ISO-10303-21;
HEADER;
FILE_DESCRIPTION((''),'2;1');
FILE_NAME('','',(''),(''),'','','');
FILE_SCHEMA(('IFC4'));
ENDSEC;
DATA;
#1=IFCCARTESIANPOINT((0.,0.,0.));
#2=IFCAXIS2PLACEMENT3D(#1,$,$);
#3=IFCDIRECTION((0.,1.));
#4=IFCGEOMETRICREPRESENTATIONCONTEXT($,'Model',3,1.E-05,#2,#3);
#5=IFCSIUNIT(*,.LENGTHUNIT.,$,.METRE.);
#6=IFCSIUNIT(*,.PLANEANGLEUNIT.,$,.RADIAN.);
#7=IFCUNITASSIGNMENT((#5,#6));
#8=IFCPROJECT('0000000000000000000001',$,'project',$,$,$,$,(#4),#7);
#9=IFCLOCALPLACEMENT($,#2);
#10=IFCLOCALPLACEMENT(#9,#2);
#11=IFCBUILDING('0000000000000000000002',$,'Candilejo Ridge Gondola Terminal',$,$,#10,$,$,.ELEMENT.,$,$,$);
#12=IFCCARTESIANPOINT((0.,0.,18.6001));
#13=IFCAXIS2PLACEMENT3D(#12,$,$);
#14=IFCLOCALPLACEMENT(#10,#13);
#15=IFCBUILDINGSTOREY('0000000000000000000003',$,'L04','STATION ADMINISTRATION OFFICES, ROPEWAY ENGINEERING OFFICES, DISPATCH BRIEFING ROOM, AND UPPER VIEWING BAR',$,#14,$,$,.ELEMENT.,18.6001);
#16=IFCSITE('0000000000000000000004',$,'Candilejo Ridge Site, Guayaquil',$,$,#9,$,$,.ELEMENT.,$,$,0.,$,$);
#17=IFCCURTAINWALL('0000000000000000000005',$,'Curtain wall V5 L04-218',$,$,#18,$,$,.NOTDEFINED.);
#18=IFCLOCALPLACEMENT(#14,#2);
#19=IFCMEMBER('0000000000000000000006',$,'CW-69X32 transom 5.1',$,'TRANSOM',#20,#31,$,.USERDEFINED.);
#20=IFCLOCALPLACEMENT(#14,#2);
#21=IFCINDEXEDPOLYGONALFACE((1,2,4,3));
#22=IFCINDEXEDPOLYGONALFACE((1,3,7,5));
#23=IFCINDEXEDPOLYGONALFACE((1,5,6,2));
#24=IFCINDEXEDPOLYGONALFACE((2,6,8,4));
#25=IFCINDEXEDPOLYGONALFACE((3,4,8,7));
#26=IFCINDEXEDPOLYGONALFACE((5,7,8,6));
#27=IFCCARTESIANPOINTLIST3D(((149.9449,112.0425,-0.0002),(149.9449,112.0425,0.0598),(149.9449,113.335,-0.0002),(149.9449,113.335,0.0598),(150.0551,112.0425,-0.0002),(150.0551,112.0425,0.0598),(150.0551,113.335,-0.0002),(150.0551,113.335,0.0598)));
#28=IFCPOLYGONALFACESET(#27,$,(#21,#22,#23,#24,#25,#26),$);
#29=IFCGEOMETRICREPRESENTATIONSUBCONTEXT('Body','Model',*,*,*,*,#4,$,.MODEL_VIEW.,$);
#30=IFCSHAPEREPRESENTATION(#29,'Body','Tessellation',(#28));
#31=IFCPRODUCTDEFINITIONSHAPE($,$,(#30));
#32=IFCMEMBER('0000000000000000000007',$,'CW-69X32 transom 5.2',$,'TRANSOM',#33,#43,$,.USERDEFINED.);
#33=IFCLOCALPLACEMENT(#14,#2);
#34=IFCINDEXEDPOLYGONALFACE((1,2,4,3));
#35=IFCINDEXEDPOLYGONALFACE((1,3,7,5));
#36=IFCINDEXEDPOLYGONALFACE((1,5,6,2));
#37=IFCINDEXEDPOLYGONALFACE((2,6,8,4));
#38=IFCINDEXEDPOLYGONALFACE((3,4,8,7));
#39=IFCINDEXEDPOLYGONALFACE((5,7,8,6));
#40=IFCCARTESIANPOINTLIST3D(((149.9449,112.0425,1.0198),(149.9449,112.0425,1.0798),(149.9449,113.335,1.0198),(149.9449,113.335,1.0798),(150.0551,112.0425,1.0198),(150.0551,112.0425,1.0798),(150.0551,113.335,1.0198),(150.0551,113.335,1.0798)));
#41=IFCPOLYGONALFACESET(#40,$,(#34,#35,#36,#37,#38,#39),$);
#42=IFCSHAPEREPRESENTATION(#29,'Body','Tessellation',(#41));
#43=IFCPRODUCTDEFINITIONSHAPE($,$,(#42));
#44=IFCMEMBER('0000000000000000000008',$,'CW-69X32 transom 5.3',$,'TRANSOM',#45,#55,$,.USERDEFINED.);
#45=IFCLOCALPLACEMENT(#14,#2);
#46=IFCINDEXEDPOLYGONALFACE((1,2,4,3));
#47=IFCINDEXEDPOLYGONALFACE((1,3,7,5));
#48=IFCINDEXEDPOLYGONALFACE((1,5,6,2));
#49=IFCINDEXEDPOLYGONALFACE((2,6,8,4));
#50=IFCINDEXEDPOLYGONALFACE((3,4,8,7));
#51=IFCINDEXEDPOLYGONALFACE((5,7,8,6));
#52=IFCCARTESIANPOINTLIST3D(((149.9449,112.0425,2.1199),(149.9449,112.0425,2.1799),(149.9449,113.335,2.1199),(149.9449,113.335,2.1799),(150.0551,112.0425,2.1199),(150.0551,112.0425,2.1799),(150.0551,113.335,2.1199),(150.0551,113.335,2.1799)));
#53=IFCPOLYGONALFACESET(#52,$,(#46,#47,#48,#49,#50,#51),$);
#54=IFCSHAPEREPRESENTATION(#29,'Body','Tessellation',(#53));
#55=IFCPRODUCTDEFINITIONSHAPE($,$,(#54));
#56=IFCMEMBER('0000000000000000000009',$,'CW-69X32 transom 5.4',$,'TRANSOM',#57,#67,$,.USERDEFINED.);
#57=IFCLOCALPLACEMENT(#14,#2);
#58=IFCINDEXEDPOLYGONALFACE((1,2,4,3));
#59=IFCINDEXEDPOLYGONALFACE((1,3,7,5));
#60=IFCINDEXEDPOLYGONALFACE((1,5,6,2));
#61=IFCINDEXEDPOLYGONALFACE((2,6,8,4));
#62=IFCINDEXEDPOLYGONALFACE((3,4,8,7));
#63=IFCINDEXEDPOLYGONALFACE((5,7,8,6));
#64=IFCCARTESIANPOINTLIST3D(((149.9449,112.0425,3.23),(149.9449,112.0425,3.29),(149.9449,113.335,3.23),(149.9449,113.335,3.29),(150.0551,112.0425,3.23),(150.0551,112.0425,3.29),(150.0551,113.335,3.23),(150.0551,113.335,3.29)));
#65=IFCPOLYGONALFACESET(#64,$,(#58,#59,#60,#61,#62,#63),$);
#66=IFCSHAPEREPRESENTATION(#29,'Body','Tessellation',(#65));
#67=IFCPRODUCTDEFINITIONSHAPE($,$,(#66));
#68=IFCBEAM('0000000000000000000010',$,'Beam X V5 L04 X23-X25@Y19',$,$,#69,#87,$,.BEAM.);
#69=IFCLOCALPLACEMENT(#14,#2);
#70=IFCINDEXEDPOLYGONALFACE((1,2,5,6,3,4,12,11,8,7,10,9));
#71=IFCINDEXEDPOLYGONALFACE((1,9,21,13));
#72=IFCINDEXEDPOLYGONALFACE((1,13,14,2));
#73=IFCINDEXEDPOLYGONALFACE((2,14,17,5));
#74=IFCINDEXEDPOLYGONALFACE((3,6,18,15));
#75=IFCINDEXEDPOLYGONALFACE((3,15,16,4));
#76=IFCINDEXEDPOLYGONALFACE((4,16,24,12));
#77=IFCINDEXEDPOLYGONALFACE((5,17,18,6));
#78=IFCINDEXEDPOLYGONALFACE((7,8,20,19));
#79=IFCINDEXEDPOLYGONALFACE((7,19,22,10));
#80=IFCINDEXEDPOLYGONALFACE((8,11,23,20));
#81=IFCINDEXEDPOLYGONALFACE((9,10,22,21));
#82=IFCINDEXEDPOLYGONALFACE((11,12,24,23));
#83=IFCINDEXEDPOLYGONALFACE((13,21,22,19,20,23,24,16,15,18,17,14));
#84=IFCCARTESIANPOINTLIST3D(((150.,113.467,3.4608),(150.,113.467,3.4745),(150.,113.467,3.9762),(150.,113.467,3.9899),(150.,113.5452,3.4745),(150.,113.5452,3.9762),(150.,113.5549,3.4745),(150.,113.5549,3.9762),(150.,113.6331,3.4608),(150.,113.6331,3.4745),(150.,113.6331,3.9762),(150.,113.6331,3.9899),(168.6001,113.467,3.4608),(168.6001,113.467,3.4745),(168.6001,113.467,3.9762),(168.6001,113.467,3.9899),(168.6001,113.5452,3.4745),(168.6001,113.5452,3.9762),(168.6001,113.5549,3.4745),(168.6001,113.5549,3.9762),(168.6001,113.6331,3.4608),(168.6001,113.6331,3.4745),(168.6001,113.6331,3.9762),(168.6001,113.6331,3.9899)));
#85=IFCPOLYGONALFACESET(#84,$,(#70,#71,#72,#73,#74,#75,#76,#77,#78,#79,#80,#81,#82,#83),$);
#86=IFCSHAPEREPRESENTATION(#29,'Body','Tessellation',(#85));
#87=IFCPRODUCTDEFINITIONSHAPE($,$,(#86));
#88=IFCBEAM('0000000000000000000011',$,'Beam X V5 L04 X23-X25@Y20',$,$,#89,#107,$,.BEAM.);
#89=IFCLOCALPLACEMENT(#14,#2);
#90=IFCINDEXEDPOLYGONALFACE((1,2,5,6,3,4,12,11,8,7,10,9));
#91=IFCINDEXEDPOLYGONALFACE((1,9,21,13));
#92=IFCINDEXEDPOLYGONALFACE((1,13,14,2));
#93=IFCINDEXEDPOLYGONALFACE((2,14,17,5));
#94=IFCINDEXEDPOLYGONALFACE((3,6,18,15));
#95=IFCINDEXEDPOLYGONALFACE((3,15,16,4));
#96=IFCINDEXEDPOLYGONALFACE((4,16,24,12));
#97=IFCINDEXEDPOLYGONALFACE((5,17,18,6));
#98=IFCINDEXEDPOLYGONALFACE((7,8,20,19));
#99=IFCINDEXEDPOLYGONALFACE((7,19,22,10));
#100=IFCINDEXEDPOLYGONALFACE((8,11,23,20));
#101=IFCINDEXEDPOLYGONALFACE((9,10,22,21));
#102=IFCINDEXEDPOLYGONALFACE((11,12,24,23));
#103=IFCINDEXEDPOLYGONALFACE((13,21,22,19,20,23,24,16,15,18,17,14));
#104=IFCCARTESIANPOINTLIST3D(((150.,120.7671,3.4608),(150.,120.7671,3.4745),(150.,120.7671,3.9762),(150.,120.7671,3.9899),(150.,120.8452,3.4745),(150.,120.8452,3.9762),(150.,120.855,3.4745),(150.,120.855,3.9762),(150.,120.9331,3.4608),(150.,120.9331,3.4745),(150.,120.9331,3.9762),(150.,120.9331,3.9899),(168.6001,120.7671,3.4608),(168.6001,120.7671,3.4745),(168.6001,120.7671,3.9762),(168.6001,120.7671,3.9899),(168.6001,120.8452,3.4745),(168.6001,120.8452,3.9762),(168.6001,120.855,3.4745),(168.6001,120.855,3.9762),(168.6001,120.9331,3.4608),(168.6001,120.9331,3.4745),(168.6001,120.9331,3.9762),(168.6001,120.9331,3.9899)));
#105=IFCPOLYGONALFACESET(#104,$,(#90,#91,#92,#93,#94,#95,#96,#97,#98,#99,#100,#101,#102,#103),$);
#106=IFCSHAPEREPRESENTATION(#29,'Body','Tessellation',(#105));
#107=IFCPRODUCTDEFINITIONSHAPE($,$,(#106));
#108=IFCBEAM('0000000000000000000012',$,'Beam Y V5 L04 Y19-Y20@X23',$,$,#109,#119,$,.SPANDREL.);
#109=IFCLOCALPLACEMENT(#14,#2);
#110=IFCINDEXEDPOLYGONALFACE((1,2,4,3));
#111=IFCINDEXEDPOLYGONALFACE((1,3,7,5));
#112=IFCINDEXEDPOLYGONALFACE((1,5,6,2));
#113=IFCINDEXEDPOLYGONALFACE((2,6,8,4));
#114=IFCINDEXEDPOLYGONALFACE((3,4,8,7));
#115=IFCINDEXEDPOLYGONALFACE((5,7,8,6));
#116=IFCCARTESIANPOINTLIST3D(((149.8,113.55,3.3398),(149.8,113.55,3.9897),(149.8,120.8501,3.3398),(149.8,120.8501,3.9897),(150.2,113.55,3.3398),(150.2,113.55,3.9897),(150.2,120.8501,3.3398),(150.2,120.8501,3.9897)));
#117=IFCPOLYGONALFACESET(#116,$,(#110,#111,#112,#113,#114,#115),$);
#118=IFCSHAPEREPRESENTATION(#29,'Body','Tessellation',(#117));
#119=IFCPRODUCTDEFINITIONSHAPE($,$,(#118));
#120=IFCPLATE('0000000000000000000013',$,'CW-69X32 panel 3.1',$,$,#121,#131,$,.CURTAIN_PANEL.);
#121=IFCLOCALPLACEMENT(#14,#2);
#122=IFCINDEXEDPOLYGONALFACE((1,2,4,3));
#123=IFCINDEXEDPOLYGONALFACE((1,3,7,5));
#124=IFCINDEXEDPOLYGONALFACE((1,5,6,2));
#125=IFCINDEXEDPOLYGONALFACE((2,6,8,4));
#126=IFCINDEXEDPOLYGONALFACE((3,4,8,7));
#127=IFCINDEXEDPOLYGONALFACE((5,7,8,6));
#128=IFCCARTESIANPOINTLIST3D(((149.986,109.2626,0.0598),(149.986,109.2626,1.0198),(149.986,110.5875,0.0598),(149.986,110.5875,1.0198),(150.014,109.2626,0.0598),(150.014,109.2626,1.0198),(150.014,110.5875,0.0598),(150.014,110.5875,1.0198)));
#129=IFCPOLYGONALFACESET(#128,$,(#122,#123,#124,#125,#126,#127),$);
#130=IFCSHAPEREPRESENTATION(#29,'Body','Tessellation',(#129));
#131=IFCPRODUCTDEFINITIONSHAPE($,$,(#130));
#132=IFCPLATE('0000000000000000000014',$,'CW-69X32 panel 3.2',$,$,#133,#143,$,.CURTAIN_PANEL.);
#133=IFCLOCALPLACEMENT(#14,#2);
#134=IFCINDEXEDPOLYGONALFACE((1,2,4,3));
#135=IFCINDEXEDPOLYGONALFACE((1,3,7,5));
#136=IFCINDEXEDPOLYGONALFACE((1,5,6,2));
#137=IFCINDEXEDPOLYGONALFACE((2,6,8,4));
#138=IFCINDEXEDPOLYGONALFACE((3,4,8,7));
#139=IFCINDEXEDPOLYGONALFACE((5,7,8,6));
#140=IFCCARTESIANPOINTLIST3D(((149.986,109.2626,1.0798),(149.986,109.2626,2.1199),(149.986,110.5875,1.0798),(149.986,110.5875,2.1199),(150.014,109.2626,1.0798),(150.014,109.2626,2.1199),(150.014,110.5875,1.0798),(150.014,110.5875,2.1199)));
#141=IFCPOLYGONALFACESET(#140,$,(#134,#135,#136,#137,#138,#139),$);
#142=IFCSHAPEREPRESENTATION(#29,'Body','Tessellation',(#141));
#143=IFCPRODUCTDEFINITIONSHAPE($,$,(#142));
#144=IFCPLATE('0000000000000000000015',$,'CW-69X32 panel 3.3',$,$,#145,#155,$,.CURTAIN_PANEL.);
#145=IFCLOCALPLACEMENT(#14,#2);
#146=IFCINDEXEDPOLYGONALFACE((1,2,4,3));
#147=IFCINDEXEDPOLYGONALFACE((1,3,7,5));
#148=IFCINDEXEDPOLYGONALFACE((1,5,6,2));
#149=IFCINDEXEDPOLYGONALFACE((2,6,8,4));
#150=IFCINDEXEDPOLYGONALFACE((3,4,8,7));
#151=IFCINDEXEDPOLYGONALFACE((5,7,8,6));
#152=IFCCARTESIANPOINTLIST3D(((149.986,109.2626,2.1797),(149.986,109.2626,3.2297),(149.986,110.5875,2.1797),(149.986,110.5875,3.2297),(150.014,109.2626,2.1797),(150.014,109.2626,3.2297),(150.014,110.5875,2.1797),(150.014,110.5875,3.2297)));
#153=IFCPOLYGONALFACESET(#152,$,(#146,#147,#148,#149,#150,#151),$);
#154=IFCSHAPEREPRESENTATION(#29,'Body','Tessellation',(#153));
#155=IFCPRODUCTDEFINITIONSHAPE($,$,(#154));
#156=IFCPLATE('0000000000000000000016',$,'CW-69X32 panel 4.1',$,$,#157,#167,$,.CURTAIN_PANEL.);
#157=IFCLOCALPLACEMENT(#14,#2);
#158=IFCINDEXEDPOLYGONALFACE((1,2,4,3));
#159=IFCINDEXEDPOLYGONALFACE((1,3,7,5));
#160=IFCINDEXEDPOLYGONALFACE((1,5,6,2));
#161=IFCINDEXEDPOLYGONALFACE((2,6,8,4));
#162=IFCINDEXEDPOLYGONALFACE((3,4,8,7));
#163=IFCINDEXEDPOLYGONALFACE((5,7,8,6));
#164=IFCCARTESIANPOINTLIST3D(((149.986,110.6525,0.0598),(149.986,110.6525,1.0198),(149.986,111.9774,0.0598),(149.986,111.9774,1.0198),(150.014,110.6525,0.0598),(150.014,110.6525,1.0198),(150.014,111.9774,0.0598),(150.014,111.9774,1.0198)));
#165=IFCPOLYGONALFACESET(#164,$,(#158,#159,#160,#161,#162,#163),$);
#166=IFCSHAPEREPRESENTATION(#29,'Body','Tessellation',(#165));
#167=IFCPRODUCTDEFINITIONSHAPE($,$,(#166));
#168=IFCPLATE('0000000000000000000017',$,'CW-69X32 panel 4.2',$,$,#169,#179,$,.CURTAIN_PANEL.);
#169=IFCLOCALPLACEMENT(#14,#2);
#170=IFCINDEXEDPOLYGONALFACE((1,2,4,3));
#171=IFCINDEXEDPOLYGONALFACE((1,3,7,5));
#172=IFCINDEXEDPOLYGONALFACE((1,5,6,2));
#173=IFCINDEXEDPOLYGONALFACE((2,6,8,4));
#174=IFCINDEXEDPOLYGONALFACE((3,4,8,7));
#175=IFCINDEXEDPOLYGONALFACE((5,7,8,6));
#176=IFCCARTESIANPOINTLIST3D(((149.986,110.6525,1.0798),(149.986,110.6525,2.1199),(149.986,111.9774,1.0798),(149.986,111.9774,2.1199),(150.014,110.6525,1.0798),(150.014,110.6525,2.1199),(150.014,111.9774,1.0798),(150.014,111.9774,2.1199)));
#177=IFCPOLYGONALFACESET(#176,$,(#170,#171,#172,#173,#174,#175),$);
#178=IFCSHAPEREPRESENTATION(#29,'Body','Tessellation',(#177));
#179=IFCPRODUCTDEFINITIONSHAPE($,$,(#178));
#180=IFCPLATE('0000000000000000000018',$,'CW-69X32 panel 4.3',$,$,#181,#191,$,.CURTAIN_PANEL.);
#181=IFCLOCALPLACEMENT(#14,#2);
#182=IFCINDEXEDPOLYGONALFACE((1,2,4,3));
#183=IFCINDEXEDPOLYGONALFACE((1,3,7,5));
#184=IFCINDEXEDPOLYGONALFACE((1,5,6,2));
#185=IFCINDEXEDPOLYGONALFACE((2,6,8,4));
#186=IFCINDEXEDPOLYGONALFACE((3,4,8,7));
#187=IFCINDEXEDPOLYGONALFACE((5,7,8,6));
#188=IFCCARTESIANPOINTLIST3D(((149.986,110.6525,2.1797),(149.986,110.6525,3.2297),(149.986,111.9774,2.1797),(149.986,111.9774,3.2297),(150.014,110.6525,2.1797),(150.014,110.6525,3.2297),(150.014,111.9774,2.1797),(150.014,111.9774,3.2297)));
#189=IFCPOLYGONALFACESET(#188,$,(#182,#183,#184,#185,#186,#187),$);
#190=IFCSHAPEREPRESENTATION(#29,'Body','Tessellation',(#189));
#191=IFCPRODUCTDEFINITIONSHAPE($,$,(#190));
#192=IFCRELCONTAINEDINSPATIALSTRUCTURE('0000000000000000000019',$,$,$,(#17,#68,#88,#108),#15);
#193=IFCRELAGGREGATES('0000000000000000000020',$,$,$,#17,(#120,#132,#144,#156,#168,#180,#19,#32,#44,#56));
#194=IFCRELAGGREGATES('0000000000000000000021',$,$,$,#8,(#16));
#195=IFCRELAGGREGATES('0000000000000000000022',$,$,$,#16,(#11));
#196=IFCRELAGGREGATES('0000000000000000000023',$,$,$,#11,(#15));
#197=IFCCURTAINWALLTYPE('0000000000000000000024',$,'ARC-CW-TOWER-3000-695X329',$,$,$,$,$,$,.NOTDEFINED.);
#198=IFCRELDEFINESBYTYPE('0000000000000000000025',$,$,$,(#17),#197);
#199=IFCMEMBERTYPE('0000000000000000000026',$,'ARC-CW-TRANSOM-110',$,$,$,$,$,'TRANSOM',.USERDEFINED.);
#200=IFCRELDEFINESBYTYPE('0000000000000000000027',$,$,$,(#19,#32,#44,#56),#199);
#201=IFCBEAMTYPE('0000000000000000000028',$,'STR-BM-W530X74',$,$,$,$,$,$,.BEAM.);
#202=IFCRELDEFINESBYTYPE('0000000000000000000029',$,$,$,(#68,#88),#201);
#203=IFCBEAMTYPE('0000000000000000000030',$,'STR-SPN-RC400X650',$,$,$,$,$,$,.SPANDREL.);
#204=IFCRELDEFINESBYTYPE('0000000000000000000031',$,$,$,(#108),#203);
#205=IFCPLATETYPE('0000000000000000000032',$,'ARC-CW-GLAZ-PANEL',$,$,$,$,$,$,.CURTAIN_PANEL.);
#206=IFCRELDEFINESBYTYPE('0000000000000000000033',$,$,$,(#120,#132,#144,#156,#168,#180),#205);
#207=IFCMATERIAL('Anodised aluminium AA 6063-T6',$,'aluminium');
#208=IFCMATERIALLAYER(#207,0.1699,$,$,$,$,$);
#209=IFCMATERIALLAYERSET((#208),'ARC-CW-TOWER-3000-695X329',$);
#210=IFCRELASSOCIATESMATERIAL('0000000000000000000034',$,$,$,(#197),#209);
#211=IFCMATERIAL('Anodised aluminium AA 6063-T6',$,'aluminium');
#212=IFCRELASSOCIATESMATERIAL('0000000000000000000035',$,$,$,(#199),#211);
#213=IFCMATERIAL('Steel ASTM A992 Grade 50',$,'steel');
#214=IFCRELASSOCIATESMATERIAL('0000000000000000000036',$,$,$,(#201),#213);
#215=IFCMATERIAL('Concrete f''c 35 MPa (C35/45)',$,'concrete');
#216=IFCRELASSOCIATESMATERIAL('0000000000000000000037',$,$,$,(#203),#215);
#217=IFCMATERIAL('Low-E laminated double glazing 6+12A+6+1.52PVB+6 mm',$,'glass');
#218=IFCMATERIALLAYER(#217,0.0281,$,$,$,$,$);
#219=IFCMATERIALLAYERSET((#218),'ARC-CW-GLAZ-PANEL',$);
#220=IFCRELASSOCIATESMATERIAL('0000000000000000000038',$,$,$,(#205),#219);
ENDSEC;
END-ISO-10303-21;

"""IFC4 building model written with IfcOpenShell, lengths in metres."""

from ifc_helpers import new_model, si_unit, direction, frame, origin, origin_2d, place, context, subcontext, project, spatial, rectangle, i_section, extrude, material, layer, layer_set, material_profile, profile_set, type_object, element, aggregate, save


model = new_model("IFC4")

# Units and contexts
model_context = context("Model", 3, precision=1e-05, world=origin(), true_north=direction((0.0, 1.0)))
body_context = subcontext(model_context, "Body", "Model", "MODEL_VIEW")
ifc_project = project(units=[si_unit("LENGTHUNIT", "METRE"), si_unit("PLANEANGLEUNIT", "RADIAN")], contexts=[model_context])

# Site, building, storey
site_placement = place(None, origin())
site = spatial("IfcSite", under=ifc_project, at=site_placement, Name="Candilejo Ridge Site, Guayaquil", CompositionType="ELEMENT", RefElevation=0.0)
building_placement = place(site_placement, origin())
building = spatial("IfcBuilding", under=site, at=building_placement, Name="Candilejo Ridge Gondola Terminal", CompositionType="ELEMENT")
storey_placement = place(building_placement, frame((0.0, 0.0, 18.6001)))
storey = spatial("IfcBuildingStorey", under=building, at=storey_placement, Name="L04", Description="STATION ADMINISTRATION OFFICES, ROPEWAY ENGINEERING OFFICES, DISPATCH BRIEFING ROOM, AND UPPER VIEWING BAR", CompositionType="ELEMENT", Elevation=18.6001)

# Curtain wall
ifc_material_1 = material(Name="Anodised aluminium AA 6063-T6", Category="aluminium")
ifc_layer_1 = layer(ifc_material_1, 0.1699)
ifc_layer_set_1 = layer_set([ifc_layer_1], Name="ARC-CW-TOWER-3000-695X329")
curtain_wall_type_1 = type_object("IfcCurtainWallType", Name="ARC-CW-TOWER-3000-695X329", PredefinedType="NOTDEFINED", material=ifc_layer_set_1)
curtain_wall_1_placement = place(storey_placement, origin())
curtain_wall_1 = element("IfcCurtainWall", 1, at=curtain_wall_1_placement, inside=storey, type_object=curtain_wall_type_1, Name="Curtain wall V5 L04-218", PredefinedType="NOTDEFINED")

# Members
ifc_material_2 = material(Name="Anodised aluminium AA 6063-T6", Category="aluminium")
ifc_material_profile_1 = material_profile(ifc_material_2, rectangle(XDim=0.1101, YDim=0.0601, at=origin_2d()))
ifc_profile_set_1 = profile_set([ifc_material_profile_1], Name="Anodised aluminium AA 6063-T6")
member_type_1 = type_object("IfcMemberType", Name="ARC-CW-TRANSOM-110", ElementType="TRANSOM", PredefinedType="USERDEFINED", material=ifc_profile_set_1)
member_1_placement = place(storey_placement, frame((150.0, 112.0425, 0.0298), z_axis=(0.0, 1.0, 0.0), x_axis=(-1.0, 0.0, 0.0)))
member_1 = element("IfcMember", 2, at=member_1_placement, type_object=member_type_1, Name="CW-69X32 transom 5.1", ObjectType="TRANSOM", PredefinedType="USERDEFINED", context=body_context, shape_type="SweptSolid", body=[
    extrude(rectangle(XDim=0.1101, YDim=0.0601, at=origin_2d()), origin(), (0.0, 0.0, 1.0), 1.2925),
])
member_2_placement = place(storey_placement, frame((150.0, 112.0425, 1.0498), z_axis=(0.0, 1.0, 0.0), x_axis=(-1.0, 0.0, 0.0)))
member_2 = element("IfcMember", 3, at=member_2_placement, type_object=member_type_1, Name="CW-69X32 transom 5.2", ObjectType="TRANSOM", PredefinedType="USERDEFINED", context=body_context, shape_type="SweptSolid", body=[
    extrude(rectangle(XDim=0.1101, YDim=0.0601, at=origin_2d()), origin(), (0.0, 0.0, 1.0), 1.2925),
])
member_3_placement = place(storey_placement, frame((150.0, 112.0425, 2.1499), z_axis=(0.0, 1.0, 0.0), x_axis=(-1.0, 0.0, 0.0)))
member_3 = element("IfcMember", 4, at=member_3_placement, type_object=member_type_1, Name="CW-69X32 transom 5.3", ObjectType="TRANSOM", PredefinedType="USERDEFINED", context=body_context, shape_type="SweptSolid", body=[
    extrude(rectangle(XDim=0.1101, YDim=0.0601, at=origin_2d()), origin(), (0.0, 0.0, 1.0), 1.2925),
])
member_4_placement = place(storey_placement, frame((150.0, 112.0425, 3.26), z_axis=(0.0, 1.0, 0.0), x_axis=(-1.0, 0.0, 0.0)))
member_4 = element("IfcMember", 5, at=member_4_placement, type_object=member_type_1, Name="CW-69X32 transom 5.4", ObjectType="TRANSOM", PredefinedType="USERDEFINED", context=body_context, shape_type="SweptSolid", body=[
    extrude(rectangle(XDim=0.1101, YDim=0.0601, at=origin_2d()), origin(), (0.0, 0.0, 1.0), 1.2925),
])

# Beams
ifc_material_3 = material(Name="Steel ASTM A992 Grade 50", Category="steel")
ifc_material_profile_2 = material_profile(ifc_material_3, i_section(OverallWidth=0.166, OverallDepth=0.5291, WebThickness=0.0098, FlangeThickness=0.0137, at=origin_2d()))
ifc_profile_set_2 = profile_set([ifc_material_profile_2], Name="Steel ASTM A992 Grade 50")
beam_type_1 = type_object("IfcBeamType", Name="STR-BM-W530X74", PredefinedType="BEAM", material=ifc_profile_set_2)
for number, where, z_axis, x_axis, name in (
    (6, (150.0, 113.55, 3.7253), (1.0, 0.0, 0.0), (0.0, 1.0, 0.0), "Beam X V5 L04 X23-X25@Y19"),
    (7, (150.0, 120.8501, 3.7253), (1.0, 0.0, 0.0), (0.0, 1.0, 0.0), "Beam X V5 L04 X23-X25@Y20"),
):
    element("IfcBeam", number, at=place(storey_placement, frame(where, z_axis=z_axis, x_axis=x_axis)), inside=storey, type_object=beam_type_1, Name=name, PredefinedType="BEAM", context=body_context, shape_type="SweptSolid", body=[
        extrude(i_section(OverallWidth=0.166, OverallDepth=0.5291, WebThickness=0.0098, FlangeThickness=0.0137, at=origin_2d()), origin(), (0.0, 0.0, 1.0), 18.6001),
    ])
ifc_material_4 = material(Name="Concrete f'c 35 MPa (C35/45)", Category="concrete")
ifc_material_profile_3 = material_profile(ifc_material_4, rectangle(XDim=0.3999, YDim=0.6499, at=origin_2d()))
ifc_profile_set_3 = profile_set([ifc_material_profile_3], Name="Concrete f'c 35 MPa (C35/45)")
beam_type_2 = type_object("IfcBeamType", Name="STR-SPN-RC400X650", PredefinedType="SPANDREL", material=ifc_profile_set_3)
beam_placement = place(storey_placement, frame((150.0, 113.55, 3.6648), z_axis=(0.0, 1.0, 0.0), x_axis=(-1.0, 0.0, 0.0)))
element("IfcBeam", 8, at=beam_placement, inside=storey, type_object=beam_type_2, Name="Beam Y V5 L04 Y19-Y20@X23", PredefinedType="SPANDREL", context=body_context, shape_type="SweptSolid", body=[
    extrude(rectangle(XDim=0.3999, YDim=0.6499, at=origin_2d()), origin(), (0.0, 0.0, 1.0), 7.3),
])

# Plates
ifc_material_5 = material(Name="Low-E laminated double glazing 6+12A+6+1.52PVB+6 mm", Category="glass")
ifc_layer_2 = layer(ifc_material_5, 0.0281)
ifc_layer_set_2 = layer_set([ifc_layer_2], Name="ARC-CW-GLAZ-PANEL")
plate_type = type_object("IfcPlateType", Name="ARC-CW-GLAZ-PANEL", PredefinedType="CURTAIN_PANEL", material=ifc_layer_set_2)
plate_1_placement = place(storey_placement, frame((150.0, 109.925, 0.0598), z_axis=(0.0, 0.0, 1.0), x_axis=(0.0, 1.0, 0.0)))
plate_1 = element("IfcPlate", 9, at=plate_1_placement, type_object=plate_type, Name="CW-69X32 panel 3.1", PredefinedType="CURTAIN_PANEL", context=body_context, shape_type="SweptSolid", body=[
    extrude(rectangle(XDim=1.325, YDim=0.0281, at=origin_2d()), origin(), (0.0, 0.0, 1.0), 0.96),
])
plate_2_placement = place(storey_placement, frame((150.0, 109.925, 1.0798), z_axis=(0.0, 0.0, 1.0), x_axis=(0.0, 1.0, 0.0)))
plate_2 = element("IfcPlate", 10, at=plate_2_placement, type_object=plate_type, Name="CW-69X32 panel 3.2", PredefinedType="CURTAIN_PANEL", context=body_context, shape_type="SweptSolid", body=[
    extrude(rectangle(XDim=1.325, YDim=0.0281, at=origin_2d()), origin(), (0.0, 0.0, 1.0), 1.04),
])
plate_3_placement = place(storey_placement, frame((150.0, 109.925, 2.1797), z_axis=(0.0, 0.0, 1.0), x_axis=(0.0, 1.0, 0.0)))
plate_3 = element("IfcPlate", 11, at=plate_3_placement, type_object=plate_type, Name="CW-69X32 panel 3.3", PredefinedType="CURTAIN_PANEL", context=body_context, shape_type="SweptSolid", body=[
    extrude(rectangle(XDim=1.325, YDim=0.0281, at=origin_2d()), origin(), (0.0, 0.0, 1.0), 1.05),
])
plate_4_placement = place(storey_placement, frame((150.0, 111.3149, 0.0598), z_axis=(0.0, 0.0, 1.0), x_axis=(0.0, 1.0, 0.0)))
plate_4 = element("IfcPlate", 12, at=plate_4_placement, type_object=plate_type, Name="CW-69X32 panel 4.1", PredefinedType="CURTAIN_PANEL", context=body_context, shape_type="SweptSolid", body=[
    extrude(rectangle(XDim=1.325, YDim=0.0281, at=origin_2d()), origin(), (0.0, 0.0, 1.0), 0.96),
])
plate_5_placement = place(storey_placement, frame((150.0, 111.3149, 1.0798), z_axis=(0.0, 0.0, 1.0), x_axis=(0.0, 1.0, 0.0)))
plate_5 = element("IfcPlate", 13, at=plate_5_placement, type_object=plate_type, Name="CW-69X32 panel 4.2", PredefinedType="CURTAIN_PANEL", context=body_context, shape_type="SweptSolid", body=[
    extrude(rectangle(XDim=1.325, YDim=0.0281, at=origin_2d()), origin(), (0.0, 0.0, 1.0), 1.04),
])
plate_6_placement = place(storey_placement, frame((150.0, 111.3149, 2.1797), z_axis=(0.0, 0.0, 1.0), x_axis=(0.0, 1.0, 0.0)))
plate_6 = element("IfcPlate", 14, at=plate_6_placement, type_object=plate_type, Name="CW-69X32 panel 4.3", PredefinedType="CURTAIN_PANEL", context=body_context, shape_type="SweptSolid", body=[
    extrude(rectangle(XDim=1.325, YDim=0.0281, at=origin_2d()), origin(), (0.0, 0.0, 1.0), 1.05),
])
aggregate(curtain_wall_1, [plate_1, plate_2, plate_3, plate_4, plate_5, plate_6, member_1, member_2, member_3, member_4])

save(model, "model.ifc")
